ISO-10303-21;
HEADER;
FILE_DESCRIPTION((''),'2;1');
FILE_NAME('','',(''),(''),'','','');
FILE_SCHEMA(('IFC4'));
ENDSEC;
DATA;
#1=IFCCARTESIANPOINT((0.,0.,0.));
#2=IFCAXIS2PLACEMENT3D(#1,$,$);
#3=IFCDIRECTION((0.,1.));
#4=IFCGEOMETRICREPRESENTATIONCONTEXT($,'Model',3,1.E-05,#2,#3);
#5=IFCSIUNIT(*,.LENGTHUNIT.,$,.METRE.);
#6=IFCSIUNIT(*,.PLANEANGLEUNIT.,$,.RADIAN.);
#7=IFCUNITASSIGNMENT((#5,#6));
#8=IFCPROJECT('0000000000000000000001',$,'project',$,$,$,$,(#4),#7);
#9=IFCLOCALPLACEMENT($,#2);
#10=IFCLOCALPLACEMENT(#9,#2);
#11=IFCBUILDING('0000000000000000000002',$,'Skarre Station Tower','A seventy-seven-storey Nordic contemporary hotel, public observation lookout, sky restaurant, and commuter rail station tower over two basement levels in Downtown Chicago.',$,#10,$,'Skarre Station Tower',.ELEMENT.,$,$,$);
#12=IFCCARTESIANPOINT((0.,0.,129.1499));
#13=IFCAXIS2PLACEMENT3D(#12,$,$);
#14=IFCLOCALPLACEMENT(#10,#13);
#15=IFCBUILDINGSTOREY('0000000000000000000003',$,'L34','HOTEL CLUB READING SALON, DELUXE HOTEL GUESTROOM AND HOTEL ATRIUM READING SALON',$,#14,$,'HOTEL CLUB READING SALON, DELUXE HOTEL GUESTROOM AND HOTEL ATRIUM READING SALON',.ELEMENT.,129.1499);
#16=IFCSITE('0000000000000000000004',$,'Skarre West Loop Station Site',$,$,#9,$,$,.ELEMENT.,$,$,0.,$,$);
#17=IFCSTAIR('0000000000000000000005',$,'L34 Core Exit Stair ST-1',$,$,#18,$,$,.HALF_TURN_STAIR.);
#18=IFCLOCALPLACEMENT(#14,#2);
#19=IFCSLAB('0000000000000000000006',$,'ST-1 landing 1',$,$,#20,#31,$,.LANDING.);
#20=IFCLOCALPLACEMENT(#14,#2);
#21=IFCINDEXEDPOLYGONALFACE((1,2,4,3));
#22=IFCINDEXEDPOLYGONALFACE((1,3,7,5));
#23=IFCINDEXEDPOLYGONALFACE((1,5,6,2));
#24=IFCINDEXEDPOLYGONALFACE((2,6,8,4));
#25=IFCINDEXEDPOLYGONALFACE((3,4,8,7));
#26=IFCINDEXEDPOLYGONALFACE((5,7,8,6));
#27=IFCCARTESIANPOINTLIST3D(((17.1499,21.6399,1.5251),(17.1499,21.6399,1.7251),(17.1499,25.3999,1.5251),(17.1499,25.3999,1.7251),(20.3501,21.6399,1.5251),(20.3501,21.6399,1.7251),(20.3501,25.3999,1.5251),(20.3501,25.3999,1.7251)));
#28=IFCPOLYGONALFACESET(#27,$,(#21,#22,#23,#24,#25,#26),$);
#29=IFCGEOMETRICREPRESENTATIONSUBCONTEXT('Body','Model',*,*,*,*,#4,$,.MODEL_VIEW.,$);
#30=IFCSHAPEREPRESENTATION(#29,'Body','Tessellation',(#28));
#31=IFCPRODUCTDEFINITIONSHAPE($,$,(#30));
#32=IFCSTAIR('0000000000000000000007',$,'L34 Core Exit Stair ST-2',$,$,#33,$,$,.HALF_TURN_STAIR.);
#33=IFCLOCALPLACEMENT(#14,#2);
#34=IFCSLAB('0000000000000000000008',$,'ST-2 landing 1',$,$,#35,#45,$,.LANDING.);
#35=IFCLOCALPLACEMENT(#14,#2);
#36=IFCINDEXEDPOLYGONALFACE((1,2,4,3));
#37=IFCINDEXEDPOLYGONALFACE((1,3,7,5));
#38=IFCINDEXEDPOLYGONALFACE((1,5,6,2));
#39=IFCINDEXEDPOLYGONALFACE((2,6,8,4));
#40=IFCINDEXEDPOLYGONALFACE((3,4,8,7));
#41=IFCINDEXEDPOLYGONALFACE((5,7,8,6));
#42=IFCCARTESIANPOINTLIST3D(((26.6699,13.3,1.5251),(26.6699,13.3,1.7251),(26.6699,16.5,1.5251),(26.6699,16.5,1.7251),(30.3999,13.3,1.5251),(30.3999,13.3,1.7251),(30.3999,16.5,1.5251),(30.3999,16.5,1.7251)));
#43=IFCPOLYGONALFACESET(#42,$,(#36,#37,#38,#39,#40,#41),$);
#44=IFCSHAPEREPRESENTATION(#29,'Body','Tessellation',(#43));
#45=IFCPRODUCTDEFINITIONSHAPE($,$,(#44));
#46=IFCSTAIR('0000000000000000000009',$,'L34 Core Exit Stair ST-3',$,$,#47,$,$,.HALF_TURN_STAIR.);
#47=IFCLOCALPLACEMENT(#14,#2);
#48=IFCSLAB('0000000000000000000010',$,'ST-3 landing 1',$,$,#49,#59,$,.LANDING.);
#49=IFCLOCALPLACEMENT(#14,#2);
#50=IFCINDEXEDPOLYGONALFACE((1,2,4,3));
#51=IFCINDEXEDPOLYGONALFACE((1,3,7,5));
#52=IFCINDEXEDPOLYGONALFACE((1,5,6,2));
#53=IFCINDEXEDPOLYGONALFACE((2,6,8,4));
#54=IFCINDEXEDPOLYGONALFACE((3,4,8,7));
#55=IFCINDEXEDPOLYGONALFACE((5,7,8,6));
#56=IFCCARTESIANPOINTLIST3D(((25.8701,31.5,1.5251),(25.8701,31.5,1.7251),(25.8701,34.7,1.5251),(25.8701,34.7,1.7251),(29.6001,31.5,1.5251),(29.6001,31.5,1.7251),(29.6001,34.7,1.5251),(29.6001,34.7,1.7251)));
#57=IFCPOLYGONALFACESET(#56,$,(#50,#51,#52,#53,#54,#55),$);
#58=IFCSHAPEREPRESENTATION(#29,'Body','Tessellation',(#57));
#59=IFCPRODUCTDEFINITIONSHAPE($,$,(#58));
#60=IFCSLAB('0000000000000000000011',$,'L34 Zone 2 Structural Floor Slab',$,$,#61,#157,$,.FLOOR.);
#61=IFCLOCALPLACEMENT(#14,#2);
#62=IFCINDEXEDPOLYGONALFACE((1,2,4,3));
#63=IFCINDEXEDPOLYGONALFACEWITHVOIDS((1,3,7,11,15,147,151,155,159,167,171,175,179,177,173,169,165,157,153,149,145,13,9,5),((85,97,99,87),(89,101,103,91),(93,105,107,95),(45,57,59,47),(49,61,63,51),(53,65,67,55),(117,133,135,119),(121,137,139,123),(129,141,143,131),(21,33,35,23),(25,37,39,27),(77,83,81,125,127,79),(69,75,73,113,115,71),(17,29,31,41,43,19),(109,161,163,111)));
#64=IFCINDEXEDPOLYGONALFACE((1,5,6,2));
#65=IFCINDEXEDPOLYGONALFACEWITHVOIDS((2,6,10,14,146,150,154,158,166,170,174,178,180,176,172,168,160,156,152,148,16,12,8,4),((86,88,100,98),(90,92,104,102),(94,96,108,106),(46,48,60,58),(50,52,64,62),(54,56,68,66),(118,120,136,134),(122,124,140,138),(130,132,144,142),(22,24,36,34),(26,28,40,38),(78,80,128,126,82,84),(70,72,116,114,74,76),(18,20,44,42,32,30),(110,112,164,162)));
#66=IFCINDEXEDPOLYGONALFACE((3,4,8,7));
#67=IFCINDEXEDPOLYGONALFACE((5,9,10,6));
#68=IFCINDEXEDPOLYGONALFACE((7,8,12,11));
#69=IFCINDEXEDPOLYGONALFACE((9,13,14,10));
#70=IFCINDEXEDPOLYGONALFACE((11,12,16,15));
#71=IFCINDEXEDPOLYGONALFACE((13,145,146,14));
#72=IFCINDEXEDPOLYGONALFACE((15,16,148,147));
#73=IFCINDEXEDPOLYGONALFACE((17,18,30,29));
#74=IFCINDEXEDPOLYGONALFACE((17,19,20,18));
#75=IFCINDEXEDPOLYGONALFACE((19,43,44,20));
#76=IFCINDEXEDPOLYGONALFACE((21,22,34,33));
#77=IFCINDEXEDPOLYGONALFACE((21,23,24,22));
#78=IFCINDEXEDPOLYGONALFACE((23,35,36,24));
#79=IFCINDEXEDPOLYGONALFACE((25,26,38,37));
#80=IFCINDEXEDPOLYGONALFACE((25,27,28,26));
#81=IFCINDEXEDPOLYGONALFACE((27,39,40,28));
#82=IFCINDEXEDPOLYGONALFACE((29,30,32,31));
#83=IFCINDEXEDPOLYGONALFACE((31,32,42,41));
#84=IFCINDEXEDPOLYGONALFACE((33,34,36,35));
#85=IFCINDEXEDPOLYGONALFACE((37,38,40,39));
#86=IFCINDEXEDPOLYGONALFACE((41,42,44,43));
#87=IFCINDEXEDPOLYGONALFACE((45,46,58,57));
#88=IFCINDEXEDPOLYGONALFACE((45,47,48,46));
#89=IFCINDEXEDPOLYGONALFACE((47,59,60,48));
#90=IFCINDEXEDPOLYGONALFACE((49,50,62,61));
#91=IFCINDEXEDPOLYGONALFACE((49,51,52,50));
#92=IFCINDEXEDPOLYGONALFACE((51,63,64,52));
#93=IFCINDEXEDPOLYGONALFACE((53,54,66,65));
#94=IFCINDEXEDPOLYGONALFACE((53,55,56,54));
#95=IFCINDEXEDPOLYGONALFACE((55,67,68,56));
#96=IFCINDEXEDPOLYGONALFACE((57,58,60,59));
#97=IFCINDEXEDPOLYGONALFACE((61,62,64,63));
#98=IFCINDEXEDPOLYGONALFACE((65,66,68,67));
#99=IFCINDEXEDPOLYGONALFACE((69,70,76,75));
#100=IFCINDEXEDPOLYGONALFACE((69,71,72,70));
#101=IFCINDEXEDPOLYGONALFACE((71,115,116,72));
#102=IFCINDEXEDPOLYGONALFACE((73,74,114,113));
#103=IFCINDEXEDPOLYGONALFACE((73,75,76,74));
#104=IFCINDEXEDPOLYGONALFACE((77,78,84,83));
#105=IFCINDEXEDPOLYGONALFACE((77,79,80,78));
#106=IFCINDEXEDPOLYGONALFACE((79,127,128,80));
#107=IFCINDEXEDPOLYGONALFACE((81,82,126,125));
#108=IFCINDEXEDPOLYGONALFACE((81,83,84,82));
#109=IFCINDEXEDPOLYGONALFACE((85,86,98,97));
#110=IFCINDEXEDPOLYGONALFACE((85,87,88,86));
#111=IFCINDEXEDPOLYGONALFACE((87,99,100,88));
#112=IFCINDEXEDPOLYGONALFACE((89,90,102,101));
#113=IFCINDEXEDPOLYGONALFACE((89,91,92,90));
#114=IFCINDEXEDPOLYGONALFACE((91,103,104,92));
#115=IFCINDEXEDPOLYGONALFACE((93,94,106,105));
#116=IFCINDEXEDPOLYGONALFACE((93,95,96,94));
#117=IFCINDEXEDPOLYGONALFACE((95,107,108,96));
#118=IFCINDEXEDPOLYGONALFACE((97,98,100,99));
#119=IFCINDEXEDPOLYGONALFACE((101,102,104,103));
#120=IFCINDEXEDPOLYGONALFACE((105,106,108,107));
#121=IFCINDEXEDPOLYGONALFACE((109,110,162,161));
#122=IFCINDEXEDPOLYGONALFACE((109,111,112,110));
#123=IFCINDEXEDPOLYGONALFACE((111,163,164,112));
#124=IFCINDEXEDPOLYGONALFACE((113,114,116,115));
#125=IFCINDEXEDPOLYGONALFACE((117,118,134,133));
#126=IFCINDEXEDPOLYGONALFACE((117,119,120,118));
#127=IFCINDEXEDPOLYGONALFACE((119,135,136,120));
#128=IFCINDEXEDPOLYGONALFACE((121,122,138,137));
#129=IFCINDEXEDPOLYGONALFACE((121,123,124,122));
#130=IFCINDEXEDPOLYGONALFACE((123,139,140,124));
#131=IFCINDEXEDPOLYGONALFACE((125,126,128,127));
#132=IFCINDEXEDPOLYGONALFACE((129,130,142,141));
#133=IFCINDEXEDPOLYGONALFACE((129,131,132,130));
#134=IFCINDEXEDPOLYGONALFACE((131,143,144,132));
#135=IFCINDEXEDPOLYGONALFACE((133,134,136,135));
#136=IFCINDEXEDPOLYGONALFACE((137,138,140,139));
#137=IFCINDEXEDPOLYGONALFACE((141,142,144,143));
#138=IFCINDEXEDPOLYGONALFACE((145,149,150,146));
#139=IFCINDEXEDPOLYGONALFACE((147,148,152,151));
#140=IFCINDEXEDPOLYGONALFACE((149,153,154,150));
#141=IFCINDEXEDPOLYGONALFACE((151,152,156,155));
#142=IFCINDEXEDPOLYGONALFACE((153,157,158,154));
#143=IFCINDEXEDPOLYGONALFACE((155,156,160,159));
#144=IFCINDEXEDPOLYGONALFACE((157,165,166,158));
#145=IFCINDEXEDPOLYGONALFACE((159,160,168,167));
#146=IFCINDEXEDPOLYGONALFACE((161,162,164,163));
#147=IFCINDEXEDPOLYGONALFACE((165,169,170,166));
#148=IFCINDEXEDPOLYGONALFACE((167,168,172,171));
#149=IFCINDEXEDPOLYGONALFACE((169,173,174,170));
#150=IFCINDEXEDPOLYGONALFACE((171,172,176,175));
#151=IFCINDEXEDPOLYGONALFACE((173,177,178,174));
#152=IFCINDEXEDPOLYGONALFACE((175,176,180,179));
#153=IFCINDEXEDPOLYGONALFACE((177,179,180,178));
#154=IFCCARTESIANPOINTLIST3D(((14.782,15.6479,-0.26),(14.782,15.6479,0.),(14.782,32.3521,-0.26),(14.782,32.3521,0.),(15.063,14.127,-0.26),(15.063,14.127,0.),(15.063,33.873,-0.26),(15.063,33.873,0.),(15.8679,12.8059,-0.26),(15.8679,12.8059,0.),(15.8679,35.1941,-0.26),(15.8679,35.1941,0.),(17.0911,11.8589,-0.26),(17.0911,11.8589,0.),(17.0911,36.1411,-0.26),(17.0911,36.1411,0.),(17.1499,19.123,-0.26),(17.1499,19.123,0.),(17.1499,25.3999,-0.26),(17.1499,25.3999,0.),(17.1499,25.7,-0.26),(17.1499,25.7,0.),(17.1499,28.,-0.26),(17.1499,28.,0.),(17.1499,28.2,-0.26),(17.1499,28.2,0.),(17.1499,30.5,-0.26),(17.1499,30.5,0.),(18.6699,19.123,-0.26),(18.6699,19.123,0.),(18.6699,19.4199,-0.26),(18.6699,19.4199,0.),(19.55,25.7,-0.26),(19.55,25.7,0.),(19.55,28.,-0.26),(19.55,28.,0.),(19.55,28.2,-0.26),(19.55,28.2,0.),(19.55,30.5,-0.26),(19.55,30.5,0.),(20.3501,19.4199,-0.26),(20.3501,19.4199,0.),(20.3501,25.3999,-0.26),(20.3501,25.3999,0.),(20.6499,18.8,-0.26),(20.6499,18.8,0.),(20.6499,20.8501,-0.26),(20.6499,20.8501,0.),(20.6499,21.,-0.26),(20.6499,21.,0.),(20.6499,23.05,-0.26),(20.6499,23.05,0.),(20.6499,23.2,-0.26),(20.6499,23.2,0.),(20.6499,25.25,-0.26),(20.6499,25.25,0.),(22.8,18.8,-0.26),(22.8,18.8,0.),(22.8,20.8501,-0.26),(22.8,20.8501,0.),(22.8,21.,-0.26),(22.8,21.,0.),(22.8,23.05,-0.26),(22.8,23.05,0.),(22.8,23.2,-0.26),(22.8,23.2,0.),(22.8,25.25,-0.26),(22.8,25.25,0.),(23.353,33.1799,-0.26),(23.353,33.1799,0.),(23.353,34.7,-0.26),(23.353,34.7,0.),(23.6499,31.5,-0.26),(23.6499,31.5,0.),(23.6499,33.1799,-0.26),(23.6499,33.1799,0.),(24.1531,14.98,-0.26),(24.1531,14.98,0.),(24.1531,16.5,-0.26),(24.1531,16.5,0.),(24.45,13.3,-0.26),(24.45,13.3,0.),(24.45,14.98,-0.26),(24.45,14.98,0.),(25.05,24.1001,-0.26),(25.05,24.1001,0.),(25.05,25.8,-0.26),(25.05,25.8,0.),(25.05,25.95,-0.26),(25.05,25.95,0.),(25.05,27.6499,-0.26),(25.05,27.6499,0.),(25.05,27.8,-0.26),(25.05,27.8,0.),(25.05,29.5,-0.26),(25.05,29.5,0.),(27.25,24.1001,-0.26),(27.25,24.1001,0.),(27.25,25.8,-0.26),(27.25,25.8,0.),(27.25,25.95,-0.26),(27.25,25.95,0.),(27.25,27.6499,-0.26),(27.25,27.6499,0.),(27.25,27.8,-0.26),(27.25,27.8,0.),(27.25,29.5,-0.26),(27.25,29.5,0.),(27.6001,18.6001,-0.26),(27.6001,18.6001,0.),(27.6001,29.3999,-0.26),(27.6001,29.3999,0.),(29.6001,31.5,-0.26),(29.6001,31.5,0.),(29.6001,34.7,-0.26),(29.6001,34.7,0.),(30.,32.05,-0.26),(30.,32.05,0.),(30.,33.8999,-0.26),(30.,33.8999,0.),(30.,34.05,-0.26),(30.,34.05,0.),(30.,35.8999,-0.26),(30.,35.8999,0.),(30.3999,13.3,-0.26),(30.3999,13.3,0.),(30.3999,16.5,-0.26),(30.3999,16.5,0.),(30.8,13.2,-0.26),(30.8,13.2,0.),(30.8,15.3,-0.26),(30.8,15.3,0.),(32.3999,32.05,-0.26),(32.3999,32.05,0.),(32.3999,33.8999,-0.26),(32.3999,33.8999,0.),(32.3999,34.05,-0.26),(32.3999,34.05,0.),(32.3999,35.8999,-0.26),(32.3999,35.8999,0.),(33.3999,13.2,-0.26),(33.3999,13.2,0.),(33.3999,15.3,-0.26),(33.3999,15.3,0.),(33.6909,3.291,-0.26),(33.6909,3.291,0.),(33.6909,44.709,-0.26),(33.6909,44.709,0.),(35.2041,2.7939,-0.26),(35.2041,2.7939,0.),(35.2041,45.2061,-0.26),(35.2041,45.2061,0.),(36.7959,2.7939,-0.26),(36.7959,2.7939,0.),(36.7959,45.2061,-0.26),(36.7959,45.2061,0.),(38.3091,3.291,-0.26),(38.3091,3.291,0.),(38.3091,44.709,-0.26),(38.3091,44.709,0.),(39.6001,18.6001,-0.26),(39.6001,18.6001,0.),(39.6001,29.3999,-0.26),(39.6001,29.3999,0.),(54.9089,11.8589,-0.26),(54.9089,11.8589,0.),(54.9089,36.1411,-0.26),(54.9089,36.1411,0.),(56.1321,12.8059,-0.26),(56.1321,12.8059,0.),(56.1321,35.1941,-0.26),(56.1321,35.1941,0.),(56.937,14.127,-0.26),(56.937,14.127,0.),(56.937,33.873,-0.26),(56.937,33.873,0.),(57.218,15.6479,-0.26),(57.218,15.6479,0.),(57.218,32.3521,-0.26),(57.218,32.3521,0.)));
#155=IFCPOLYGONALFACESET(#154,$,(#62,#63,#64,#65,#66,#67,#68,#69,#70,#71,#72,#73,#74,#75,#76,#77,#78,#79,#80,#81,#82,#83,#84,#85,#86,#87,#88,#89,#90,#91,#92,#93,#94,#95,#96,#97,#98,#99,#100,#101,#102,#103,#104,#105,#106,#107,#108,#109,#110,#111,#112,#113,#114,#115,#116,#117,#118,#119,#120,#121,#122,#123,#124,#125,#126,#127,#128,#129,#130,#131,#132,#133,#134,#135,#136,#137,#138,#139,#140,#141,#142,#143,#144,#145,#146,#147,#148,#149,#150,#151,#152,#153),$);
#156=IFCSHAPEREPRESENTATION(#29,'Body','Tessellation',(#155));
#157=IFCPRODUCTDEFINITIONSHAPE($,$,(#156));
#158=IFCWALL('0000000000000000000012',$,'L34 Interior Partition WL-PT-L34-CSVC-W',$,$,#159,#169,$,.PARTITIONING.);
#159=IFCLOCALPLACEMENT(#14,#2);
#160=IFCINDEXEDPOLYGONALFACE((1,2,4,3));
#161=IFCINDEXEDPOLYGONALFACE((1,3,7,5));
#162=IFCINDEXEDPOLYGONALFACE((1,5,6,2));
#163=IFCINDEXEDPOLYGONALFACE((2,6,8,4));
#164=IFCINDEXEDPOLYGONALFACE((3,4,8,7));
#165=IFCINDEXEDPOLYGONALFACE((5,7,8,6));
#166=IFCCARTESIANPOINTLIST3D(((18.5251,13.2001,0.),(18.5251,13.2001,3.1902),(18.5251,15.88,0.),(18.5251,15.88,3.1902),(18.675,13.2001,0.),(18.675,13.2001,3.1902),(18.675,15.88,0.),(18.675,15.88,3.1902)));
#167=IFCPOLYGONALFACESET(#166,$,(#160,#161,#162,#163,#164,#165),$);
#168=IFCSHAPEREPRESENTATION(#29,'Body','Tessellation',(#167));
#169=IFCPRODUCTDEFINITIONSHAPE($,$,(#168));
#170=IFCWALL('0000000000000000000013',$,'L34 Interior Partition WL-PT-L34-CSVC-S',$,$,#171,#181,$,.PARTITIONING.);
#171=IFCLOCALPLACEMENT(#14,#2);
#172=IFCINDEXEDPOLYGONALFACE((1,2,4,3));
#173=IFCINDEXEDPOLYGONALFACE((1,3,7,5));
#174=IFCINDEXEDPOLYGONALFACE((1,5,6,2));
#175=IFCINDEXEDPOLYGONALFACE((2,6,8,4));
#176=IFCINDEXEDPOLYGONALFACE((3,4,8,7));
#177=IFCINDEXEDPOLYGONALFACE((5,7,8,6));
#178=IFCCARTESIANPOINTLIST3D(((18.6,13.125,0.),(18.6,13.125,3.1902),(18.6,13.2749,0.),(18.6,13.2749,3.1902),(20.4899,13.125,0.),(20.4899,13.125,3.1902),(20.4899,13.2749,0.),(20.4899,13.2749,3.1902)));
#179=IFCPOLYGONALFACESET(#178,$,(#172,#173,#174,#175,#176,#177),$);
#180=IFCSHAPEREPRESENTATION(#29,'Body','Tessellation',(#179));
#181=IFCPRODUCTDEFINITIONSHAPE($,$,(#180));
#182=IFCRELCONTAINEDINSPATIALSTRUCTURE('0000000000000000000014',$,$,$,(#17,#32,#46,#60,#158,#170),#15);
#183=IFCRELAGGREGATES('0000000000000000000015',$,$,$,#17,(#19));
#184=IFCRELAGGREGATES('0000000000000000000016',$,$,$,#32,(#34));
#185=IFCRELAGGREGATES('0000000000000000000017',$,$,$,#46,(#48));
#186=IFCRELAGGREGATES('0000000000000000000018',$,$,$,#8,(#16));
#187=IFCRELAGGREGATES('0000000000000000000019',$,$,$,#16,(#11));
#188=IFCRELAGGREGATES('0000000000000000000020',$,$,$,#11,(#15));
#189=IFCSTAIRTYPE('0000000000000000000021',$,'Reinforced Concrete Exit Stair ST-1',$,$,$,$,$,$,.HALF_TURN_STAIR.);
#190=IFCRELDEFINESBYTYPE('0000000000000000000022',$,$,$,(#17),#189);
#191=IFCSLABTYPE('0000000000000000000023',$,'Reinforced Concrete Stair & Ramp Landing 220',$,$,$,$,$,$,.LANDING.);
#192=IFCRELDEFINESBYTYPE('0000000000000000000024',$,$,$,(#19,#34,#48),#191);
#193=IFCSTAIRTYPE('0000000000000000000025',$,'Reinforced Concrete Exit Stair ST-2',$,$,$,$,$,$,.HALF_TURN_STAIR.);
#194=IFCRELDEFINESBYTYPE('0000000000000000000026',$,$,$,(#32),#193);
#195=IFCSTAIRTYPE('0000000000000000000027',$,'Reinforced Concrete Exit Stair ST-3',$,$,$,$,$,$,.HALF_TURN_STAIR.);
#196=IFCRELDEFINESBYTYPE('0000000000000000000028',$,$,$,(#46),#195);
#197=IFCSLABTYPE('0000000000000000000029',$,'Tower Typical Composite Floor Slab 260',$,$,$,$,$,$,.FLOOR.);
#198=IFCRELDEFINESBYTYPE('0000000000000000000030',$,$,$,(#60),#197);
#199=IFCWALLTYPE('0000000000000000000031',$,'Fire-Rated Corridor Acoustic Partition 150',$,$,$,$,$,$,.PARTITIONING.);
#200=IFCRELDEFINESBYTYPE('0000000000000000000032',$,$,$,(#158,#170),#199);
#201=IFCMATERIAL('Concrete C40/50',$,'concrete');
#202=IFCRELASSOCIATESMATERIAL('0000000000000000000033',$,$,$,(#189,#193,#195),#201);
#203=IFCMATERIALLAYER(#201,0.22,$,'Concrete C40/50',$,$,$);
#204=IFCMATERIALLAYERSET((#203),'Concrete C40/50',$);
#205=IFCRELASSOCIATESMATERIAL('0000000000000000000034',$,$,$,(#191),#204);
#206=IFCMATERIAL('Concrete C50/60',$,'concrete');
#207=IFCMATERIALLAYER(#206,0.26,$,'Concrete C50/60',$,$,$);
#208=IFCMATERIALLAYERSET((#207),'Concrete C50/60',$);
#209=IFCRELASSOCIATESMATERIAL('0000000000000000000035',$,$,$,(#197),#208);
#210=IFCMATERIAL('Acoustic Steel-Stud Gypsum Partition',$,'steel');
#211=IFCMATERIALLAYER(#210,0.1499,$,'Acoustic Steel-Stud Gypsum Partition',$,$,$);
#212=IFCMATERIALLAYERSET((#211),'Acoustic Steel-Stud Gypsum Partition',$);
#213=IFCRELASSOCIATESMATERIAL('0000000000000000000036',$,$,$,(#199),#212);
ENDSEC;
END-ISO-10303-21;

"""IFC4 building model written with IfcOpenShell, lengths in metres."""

from ifc_helpers import new_model, si_unit, direction, frame, frame_2d, origin, place, context, subcontext, project, spatial, polyline, rectangle, outline, extrude, material, layer, layer_set, type_object, element, aggregate, save


model = new_model("IFC4")

# Units and contexts
model_context = context("Model", 3, precision=1e-05, world=origin(), true_north=direction((0.0, 1.0)))
body_context = subcontext(model_context, "Body", "Model", "MODEL_VIEW")
ifc_project = project(units=[si_unit("LENGTHUNIT", "METRE"), si_unit("PLANEANGLEUNIT", "RADIAN")], contexts=[model_context])

# Site, building, storey
site_placement = place(None, origin())
site = spatial("IfcSite", under=ifc_project, at=site_placement, Name="Skarre West Loop Station Site", CompositionType="ELEMENT", RefElevation=0.0)
building_placement = place(site_placement, origin())
building = spatial("IfcBuilding", under=site, at=building_placement, Name="Skarre Station Tower", Description="A seventy-seven-storey Nordic contemporary hotel, public observation lookout, sky restaurant, and commuter rail station tower over two basement levels in Downtown Chicago.", LongName="Skarre Station Tower", CompositionType="ELEMENT")
storey_placement = place(building_placement, frame((0.0, 0.0, 129.1499)))
storey = spatial("IfcBuildingStorey", under=building, at=storey_placement, Name="L34", Description="HOTEL CLUB READING SALON, DELUXE HOTEL GUESTROOM AND HOTEL ATRIUM READING SALON", LongName="HOTEL CLUB READING SALON, DELUXE HOTEL GUESTROOM AND HOTEL ATRIUM READING SALON", CompositionType="ELEMENT", Elevation=129.1499)

# Stairs, slabs
ifc_material_1 = material(Name="Concrete C40/50", Category="concrete")
stair_type_1 = type_object("IfcStairType", Name="Reinforced Concrete Exit Stair ST-1", PredefinedType="HALF_TURN_STAIR", material=ifc_material_1)
stair_1_placement = place(storey_placement, origin())
stair_1 = element("IfcStair", 1, at=stair_1_placement, inside=storey, type_object=stair_type_1, Name="L34 Core Exit Stair ST-1", PredefinedType="HALF_TURN_STAIR")
ifc_layer_1 = layer(ifc_material_1, 0.22, Name="Concrete C40/50")
ifc_layer_set_1 = layer_set([ifc_layer_1], Name="Concrete C40/50")
slab_type_1 = type_object("IfcSlabType", Name="Reinforced Concrete Stair & Ramp Landing 220", PredefinedType="LANDING", material=ifc_layer_set_1)
slab_1_placement = place(storey_placement, frame((0.0, 0.0, 1.5251)))
slab_1 = element("IfcSlab", 2, at=slab_1_placement, type_object=slab_type_1, Name="ST-1 landing 1", PredefinedType="LANDING", context=body_context, shape_type="SweptSolid", body=[
    extrude(outline(polyline([(20.3501, 21.6399), (20.3501, 25.3999), (17.1499, 25.3999), (17.1499, 21.6399), (20.3501, 21.6399)])), origin(), (0.0, 0.0, 1.0), 0.2),
])
aggregate(stair_1, [slab_1])
stair_type_2 = type_object("IfcStairType", Name="Reinforced Concrete Exit Stair ST-2", PredefinedType="HALF_TURN_STAIR", material=ifc_material_1)
stair_2_placement = place(storey_placement, origin())
stair_2 = element("IfcStair", 3, at=stair_2_placement, inside=storey, type_object=stair_type_2, Name="L34 Core Exit Stair ST-2", PredefinedType="HALF_TURN_STAIR")
slab_2_placement = place(storey_placement, frame((0.0, 0.0, 1.5251)))
slab_2 = element("IfcSlab", 4, at=slab_2_placement, type_object=slab_type_1, Name="ST-2 landing 1", PredefinedType="LANDING", context=body_context, shape_type="SweptSolid", body=[
    extrude(outline(polyline([(26.6699, 13.3), (30.3999, 13.3), (30.3999, 16.5), (26.6699, 16.5), (26.6699, 13.3)])), origin(), (0.0, 0.0, 1.0), 0.2),
])
aggregate(stair_2, [slab_2])
stair_type_3 = type_object("IfcStairType", Name="Reinforced Concrete Exit Stair ST-3", PredefinedType="HALF_TURN_STAIR", material=ifc_material_1)
stair_3_placement = place(storey_placement, origin())
stair_3 = element("IfcStair", 5, at=stair_3_placement, inside=storey, type_object=stair_type_3, Name="L34 Core Exit Stair ST-3", PredefinedType="HALF_TURN_STAIR")
slab_3_placement = place(storey_placement, frame((0.0, 0.0, 1.5251)))
slab_3 = element("IfcSlab", 6, at=slab_3_placement, type_object=slab_type_1, Name="ST-3 landing 1", PredefinedType="LANDING", context=body_context, shape_type="SweptSolid", body=[
    extrude(outline(polyline([(25.8701, 31.5), (29.6001, 31.5), (29.6001, 34.7), (25.8701, 34.7), (25.8701, 31.5)])), origin(), (0.0, 0.0, 1.0), 0.2),
])
aggregate(stair_3, [slab_3])

# Slab
ifc_material_2 = material(Name="Concrete C50/60", Category="concrete")
ifc_layer_2 = layer(ifc_material_2, 0.26, Name="Concrete C50/60")
ifc_layer_set_2 = layer_set([ifc_layer_2], Name="Concrete C50/60")
slab_type_2 = type_object("IfcSlabType", Name="Tower Typical Composite Floor Slab 260", PredefinedType="FLOOR", material=ifc_layer_set_2)
slab_4_placement = place(storey_placement, frame((0.0, 0.0, -0.26)))
element("IfcSlab", 7, at=slab_4_placement, inside=storey, type_object=slab_type_2, Name="L34 Zone 2 Structural Floor Slab", PredefinedType="FLOOR", context=body_context, shape_type="SweptSolid", body=[
    extrude(outline(polyline([(57.218, 32.3521), (56.937, 33.873), (56.1321, 35.1941), (54.9089, 36.1411), (38.3091, 44.709), (36.7959, 45.2061), (35.2041, 45.2061), (33.6909, 44.709), (17.0911, 36.1411), (15.8679, 35.1941), (15.063, 33.873), (14.782, 32.3521), (14.782, 15.6479), (15.063, 14.127), (15.8679, 12.8059), (17.0911, 11.8589), (33.6909, 3.291), (35.2041, 2.7939), (36.7959, 2.7939), (38.3091, 3.291), (54.9089, 11.8589), (56.1321, 12.8059), (56.937, 14.127), (57.218, 15.6479), (57.218, 32.3521)]), holes=[polyline([(18.6699, 19.4199), (18.6699, 19.123), (17.1499, 19.123), (17.1499, 25.3999), (20.3501, 25.3999), (20.3501, 19.4199), (18.6699, 19.4199)]), polyline([(24.45, 14.98), (24.1531, 14.98), (24.1531, 16.5), (30.3999, 16.5), (30.3999, 13.3), (24.45, 13.3), (24.45, 14.98)]), polyline([(23.6499, 33.1799), (23.353, 33.1799), (23.353, 34.7), (29.6001, 34.7), (29.6001, 31.5), (23.6499, 31.5), (23.6499, 33.1799)]), polyline([(17.1499, 28.0), (19.55, 28.0), (19.55, 25.7), (17.1499, 25.7), (17.1499, 28.0)]), polyline([(17.1499, 30.5), (19.55, 30.5), (19.55, 28.2), (17.1499, 28.2), (17.1499, 30.5)]), polyline([(30.8, 15.3), (33.3999, 15.3), (33.3999, 13.2), (30.8, 13.2), (30.8, 15.3)]), polyline([(25.05, 25.8), (27.25, 25.8), (27.25, 24.1001), (25.05, 24.1001), (25.05, 25.8)]), polyline([(25.05, 27.6499), (27.25, 27.6499), (27.25, 25.95), (25.05, 25.95), (25.05, 27.6499)]), polyline([(25.05, 29.5), (27.25, 29.5), (27.25, 27.8), (25.05, 27.8), (25.05, 29.5)]), polyline([(20.6499, 20.8501), (22.8, 20.8501), (22.8, 18.8), (20.6499, 18.8), (20.6499, 20.8501)]), polyline([(20.6499, 23.05), (22.8, 23.05), (22.8, 21.0), (20.6499, 21.0), (20.6499, 23.05)]), polyline([(20.6499, 25.25), (22.8, 25.25), (22.8, 23.2), (20.6499, 23.2), (20.6499, 25.25)]), polyline([(30.0, 33.8999), (32.3999, 33.8999), (32.3999, 32.05), (30.0, 32.05), (30.0, 33.8999)]), polyline([(30.0, 35.8999), (32.3999, 35.8999), (32.3999, 34.05), (30.0, 34.05), (30.0, 35.8999)]), polyline([(27.6001, 29.3999), (39.6001, 29.3999), (39.6001, 18.6001), (27.6001, 18.6001), (27.6001, 29.3999)])]), origin(), (0.0, 0.0, 1.0), 0.26),
])

# Walls
ifc_material_3 = material(Name="Acoustic Steel-Stud Gypsum Partition", Category="steel")
ifc_layer_3 = layer(ifc_material_3, 0.1499, Name="Acoustic Steel-Stud Gypsum Partition")
ifc_layer_set_3 = layer_set([ifc_layer_3], Name="Acoustic Steel-Stud Gypsum Partition")
wall_type_1 = type_object("IfcWallType", Name="Fire-Rated Corridor Acoustic Partition 150", PredefinedType="PARTITIONING", material=ifc_layer_set_3)
wall_1_placement = place(storey_placement, frame((18.6001, 15.8799, 0.0), z_axis=(0.0, 0.0, 1.0), x_axis=(0.0, -1.0, 0.0)))
element("IfcWall", 8, at=wall_1_placement, inside=storey, type_object=wall_type_1, Name="L34 Interior Partition WL-PT-L34-CSVC-W", PredefinedType="PARTITIONING", context=body_context, shape_type="SweptSolid", body=[
    extrude(rectangle(XDim=2.6799, YDim=0.1499, at=frame_2d((1.3398, 0.0))), origin(), (0.0, 0.0, 1.0), 3.1902),
])
wall_2_placement = place(storey_placement, frame((18.6001, 13.2, 0.0), z_axis=(0.0, 0.0, 1.0), x_axis=(1.0, 0.0, 0.0)))
element("IfcWall", 9, at=wall_2_placement, inside=storey, type_object=wall_type_1, Name="L34 Interior Partition WL-PT-L34-CSVC-S", PredefinedType="PARTITIONING", context=body_context, shape_type="SweptSolid", body=[
    extrude(rectangle(XDim=1.8899, YDim=0.1499, at=frame_2d((0.9448, 0.0))), origin(), (0.0, 0.0, 1.0), 3.1902),
])

save(model, "model.ifc")
